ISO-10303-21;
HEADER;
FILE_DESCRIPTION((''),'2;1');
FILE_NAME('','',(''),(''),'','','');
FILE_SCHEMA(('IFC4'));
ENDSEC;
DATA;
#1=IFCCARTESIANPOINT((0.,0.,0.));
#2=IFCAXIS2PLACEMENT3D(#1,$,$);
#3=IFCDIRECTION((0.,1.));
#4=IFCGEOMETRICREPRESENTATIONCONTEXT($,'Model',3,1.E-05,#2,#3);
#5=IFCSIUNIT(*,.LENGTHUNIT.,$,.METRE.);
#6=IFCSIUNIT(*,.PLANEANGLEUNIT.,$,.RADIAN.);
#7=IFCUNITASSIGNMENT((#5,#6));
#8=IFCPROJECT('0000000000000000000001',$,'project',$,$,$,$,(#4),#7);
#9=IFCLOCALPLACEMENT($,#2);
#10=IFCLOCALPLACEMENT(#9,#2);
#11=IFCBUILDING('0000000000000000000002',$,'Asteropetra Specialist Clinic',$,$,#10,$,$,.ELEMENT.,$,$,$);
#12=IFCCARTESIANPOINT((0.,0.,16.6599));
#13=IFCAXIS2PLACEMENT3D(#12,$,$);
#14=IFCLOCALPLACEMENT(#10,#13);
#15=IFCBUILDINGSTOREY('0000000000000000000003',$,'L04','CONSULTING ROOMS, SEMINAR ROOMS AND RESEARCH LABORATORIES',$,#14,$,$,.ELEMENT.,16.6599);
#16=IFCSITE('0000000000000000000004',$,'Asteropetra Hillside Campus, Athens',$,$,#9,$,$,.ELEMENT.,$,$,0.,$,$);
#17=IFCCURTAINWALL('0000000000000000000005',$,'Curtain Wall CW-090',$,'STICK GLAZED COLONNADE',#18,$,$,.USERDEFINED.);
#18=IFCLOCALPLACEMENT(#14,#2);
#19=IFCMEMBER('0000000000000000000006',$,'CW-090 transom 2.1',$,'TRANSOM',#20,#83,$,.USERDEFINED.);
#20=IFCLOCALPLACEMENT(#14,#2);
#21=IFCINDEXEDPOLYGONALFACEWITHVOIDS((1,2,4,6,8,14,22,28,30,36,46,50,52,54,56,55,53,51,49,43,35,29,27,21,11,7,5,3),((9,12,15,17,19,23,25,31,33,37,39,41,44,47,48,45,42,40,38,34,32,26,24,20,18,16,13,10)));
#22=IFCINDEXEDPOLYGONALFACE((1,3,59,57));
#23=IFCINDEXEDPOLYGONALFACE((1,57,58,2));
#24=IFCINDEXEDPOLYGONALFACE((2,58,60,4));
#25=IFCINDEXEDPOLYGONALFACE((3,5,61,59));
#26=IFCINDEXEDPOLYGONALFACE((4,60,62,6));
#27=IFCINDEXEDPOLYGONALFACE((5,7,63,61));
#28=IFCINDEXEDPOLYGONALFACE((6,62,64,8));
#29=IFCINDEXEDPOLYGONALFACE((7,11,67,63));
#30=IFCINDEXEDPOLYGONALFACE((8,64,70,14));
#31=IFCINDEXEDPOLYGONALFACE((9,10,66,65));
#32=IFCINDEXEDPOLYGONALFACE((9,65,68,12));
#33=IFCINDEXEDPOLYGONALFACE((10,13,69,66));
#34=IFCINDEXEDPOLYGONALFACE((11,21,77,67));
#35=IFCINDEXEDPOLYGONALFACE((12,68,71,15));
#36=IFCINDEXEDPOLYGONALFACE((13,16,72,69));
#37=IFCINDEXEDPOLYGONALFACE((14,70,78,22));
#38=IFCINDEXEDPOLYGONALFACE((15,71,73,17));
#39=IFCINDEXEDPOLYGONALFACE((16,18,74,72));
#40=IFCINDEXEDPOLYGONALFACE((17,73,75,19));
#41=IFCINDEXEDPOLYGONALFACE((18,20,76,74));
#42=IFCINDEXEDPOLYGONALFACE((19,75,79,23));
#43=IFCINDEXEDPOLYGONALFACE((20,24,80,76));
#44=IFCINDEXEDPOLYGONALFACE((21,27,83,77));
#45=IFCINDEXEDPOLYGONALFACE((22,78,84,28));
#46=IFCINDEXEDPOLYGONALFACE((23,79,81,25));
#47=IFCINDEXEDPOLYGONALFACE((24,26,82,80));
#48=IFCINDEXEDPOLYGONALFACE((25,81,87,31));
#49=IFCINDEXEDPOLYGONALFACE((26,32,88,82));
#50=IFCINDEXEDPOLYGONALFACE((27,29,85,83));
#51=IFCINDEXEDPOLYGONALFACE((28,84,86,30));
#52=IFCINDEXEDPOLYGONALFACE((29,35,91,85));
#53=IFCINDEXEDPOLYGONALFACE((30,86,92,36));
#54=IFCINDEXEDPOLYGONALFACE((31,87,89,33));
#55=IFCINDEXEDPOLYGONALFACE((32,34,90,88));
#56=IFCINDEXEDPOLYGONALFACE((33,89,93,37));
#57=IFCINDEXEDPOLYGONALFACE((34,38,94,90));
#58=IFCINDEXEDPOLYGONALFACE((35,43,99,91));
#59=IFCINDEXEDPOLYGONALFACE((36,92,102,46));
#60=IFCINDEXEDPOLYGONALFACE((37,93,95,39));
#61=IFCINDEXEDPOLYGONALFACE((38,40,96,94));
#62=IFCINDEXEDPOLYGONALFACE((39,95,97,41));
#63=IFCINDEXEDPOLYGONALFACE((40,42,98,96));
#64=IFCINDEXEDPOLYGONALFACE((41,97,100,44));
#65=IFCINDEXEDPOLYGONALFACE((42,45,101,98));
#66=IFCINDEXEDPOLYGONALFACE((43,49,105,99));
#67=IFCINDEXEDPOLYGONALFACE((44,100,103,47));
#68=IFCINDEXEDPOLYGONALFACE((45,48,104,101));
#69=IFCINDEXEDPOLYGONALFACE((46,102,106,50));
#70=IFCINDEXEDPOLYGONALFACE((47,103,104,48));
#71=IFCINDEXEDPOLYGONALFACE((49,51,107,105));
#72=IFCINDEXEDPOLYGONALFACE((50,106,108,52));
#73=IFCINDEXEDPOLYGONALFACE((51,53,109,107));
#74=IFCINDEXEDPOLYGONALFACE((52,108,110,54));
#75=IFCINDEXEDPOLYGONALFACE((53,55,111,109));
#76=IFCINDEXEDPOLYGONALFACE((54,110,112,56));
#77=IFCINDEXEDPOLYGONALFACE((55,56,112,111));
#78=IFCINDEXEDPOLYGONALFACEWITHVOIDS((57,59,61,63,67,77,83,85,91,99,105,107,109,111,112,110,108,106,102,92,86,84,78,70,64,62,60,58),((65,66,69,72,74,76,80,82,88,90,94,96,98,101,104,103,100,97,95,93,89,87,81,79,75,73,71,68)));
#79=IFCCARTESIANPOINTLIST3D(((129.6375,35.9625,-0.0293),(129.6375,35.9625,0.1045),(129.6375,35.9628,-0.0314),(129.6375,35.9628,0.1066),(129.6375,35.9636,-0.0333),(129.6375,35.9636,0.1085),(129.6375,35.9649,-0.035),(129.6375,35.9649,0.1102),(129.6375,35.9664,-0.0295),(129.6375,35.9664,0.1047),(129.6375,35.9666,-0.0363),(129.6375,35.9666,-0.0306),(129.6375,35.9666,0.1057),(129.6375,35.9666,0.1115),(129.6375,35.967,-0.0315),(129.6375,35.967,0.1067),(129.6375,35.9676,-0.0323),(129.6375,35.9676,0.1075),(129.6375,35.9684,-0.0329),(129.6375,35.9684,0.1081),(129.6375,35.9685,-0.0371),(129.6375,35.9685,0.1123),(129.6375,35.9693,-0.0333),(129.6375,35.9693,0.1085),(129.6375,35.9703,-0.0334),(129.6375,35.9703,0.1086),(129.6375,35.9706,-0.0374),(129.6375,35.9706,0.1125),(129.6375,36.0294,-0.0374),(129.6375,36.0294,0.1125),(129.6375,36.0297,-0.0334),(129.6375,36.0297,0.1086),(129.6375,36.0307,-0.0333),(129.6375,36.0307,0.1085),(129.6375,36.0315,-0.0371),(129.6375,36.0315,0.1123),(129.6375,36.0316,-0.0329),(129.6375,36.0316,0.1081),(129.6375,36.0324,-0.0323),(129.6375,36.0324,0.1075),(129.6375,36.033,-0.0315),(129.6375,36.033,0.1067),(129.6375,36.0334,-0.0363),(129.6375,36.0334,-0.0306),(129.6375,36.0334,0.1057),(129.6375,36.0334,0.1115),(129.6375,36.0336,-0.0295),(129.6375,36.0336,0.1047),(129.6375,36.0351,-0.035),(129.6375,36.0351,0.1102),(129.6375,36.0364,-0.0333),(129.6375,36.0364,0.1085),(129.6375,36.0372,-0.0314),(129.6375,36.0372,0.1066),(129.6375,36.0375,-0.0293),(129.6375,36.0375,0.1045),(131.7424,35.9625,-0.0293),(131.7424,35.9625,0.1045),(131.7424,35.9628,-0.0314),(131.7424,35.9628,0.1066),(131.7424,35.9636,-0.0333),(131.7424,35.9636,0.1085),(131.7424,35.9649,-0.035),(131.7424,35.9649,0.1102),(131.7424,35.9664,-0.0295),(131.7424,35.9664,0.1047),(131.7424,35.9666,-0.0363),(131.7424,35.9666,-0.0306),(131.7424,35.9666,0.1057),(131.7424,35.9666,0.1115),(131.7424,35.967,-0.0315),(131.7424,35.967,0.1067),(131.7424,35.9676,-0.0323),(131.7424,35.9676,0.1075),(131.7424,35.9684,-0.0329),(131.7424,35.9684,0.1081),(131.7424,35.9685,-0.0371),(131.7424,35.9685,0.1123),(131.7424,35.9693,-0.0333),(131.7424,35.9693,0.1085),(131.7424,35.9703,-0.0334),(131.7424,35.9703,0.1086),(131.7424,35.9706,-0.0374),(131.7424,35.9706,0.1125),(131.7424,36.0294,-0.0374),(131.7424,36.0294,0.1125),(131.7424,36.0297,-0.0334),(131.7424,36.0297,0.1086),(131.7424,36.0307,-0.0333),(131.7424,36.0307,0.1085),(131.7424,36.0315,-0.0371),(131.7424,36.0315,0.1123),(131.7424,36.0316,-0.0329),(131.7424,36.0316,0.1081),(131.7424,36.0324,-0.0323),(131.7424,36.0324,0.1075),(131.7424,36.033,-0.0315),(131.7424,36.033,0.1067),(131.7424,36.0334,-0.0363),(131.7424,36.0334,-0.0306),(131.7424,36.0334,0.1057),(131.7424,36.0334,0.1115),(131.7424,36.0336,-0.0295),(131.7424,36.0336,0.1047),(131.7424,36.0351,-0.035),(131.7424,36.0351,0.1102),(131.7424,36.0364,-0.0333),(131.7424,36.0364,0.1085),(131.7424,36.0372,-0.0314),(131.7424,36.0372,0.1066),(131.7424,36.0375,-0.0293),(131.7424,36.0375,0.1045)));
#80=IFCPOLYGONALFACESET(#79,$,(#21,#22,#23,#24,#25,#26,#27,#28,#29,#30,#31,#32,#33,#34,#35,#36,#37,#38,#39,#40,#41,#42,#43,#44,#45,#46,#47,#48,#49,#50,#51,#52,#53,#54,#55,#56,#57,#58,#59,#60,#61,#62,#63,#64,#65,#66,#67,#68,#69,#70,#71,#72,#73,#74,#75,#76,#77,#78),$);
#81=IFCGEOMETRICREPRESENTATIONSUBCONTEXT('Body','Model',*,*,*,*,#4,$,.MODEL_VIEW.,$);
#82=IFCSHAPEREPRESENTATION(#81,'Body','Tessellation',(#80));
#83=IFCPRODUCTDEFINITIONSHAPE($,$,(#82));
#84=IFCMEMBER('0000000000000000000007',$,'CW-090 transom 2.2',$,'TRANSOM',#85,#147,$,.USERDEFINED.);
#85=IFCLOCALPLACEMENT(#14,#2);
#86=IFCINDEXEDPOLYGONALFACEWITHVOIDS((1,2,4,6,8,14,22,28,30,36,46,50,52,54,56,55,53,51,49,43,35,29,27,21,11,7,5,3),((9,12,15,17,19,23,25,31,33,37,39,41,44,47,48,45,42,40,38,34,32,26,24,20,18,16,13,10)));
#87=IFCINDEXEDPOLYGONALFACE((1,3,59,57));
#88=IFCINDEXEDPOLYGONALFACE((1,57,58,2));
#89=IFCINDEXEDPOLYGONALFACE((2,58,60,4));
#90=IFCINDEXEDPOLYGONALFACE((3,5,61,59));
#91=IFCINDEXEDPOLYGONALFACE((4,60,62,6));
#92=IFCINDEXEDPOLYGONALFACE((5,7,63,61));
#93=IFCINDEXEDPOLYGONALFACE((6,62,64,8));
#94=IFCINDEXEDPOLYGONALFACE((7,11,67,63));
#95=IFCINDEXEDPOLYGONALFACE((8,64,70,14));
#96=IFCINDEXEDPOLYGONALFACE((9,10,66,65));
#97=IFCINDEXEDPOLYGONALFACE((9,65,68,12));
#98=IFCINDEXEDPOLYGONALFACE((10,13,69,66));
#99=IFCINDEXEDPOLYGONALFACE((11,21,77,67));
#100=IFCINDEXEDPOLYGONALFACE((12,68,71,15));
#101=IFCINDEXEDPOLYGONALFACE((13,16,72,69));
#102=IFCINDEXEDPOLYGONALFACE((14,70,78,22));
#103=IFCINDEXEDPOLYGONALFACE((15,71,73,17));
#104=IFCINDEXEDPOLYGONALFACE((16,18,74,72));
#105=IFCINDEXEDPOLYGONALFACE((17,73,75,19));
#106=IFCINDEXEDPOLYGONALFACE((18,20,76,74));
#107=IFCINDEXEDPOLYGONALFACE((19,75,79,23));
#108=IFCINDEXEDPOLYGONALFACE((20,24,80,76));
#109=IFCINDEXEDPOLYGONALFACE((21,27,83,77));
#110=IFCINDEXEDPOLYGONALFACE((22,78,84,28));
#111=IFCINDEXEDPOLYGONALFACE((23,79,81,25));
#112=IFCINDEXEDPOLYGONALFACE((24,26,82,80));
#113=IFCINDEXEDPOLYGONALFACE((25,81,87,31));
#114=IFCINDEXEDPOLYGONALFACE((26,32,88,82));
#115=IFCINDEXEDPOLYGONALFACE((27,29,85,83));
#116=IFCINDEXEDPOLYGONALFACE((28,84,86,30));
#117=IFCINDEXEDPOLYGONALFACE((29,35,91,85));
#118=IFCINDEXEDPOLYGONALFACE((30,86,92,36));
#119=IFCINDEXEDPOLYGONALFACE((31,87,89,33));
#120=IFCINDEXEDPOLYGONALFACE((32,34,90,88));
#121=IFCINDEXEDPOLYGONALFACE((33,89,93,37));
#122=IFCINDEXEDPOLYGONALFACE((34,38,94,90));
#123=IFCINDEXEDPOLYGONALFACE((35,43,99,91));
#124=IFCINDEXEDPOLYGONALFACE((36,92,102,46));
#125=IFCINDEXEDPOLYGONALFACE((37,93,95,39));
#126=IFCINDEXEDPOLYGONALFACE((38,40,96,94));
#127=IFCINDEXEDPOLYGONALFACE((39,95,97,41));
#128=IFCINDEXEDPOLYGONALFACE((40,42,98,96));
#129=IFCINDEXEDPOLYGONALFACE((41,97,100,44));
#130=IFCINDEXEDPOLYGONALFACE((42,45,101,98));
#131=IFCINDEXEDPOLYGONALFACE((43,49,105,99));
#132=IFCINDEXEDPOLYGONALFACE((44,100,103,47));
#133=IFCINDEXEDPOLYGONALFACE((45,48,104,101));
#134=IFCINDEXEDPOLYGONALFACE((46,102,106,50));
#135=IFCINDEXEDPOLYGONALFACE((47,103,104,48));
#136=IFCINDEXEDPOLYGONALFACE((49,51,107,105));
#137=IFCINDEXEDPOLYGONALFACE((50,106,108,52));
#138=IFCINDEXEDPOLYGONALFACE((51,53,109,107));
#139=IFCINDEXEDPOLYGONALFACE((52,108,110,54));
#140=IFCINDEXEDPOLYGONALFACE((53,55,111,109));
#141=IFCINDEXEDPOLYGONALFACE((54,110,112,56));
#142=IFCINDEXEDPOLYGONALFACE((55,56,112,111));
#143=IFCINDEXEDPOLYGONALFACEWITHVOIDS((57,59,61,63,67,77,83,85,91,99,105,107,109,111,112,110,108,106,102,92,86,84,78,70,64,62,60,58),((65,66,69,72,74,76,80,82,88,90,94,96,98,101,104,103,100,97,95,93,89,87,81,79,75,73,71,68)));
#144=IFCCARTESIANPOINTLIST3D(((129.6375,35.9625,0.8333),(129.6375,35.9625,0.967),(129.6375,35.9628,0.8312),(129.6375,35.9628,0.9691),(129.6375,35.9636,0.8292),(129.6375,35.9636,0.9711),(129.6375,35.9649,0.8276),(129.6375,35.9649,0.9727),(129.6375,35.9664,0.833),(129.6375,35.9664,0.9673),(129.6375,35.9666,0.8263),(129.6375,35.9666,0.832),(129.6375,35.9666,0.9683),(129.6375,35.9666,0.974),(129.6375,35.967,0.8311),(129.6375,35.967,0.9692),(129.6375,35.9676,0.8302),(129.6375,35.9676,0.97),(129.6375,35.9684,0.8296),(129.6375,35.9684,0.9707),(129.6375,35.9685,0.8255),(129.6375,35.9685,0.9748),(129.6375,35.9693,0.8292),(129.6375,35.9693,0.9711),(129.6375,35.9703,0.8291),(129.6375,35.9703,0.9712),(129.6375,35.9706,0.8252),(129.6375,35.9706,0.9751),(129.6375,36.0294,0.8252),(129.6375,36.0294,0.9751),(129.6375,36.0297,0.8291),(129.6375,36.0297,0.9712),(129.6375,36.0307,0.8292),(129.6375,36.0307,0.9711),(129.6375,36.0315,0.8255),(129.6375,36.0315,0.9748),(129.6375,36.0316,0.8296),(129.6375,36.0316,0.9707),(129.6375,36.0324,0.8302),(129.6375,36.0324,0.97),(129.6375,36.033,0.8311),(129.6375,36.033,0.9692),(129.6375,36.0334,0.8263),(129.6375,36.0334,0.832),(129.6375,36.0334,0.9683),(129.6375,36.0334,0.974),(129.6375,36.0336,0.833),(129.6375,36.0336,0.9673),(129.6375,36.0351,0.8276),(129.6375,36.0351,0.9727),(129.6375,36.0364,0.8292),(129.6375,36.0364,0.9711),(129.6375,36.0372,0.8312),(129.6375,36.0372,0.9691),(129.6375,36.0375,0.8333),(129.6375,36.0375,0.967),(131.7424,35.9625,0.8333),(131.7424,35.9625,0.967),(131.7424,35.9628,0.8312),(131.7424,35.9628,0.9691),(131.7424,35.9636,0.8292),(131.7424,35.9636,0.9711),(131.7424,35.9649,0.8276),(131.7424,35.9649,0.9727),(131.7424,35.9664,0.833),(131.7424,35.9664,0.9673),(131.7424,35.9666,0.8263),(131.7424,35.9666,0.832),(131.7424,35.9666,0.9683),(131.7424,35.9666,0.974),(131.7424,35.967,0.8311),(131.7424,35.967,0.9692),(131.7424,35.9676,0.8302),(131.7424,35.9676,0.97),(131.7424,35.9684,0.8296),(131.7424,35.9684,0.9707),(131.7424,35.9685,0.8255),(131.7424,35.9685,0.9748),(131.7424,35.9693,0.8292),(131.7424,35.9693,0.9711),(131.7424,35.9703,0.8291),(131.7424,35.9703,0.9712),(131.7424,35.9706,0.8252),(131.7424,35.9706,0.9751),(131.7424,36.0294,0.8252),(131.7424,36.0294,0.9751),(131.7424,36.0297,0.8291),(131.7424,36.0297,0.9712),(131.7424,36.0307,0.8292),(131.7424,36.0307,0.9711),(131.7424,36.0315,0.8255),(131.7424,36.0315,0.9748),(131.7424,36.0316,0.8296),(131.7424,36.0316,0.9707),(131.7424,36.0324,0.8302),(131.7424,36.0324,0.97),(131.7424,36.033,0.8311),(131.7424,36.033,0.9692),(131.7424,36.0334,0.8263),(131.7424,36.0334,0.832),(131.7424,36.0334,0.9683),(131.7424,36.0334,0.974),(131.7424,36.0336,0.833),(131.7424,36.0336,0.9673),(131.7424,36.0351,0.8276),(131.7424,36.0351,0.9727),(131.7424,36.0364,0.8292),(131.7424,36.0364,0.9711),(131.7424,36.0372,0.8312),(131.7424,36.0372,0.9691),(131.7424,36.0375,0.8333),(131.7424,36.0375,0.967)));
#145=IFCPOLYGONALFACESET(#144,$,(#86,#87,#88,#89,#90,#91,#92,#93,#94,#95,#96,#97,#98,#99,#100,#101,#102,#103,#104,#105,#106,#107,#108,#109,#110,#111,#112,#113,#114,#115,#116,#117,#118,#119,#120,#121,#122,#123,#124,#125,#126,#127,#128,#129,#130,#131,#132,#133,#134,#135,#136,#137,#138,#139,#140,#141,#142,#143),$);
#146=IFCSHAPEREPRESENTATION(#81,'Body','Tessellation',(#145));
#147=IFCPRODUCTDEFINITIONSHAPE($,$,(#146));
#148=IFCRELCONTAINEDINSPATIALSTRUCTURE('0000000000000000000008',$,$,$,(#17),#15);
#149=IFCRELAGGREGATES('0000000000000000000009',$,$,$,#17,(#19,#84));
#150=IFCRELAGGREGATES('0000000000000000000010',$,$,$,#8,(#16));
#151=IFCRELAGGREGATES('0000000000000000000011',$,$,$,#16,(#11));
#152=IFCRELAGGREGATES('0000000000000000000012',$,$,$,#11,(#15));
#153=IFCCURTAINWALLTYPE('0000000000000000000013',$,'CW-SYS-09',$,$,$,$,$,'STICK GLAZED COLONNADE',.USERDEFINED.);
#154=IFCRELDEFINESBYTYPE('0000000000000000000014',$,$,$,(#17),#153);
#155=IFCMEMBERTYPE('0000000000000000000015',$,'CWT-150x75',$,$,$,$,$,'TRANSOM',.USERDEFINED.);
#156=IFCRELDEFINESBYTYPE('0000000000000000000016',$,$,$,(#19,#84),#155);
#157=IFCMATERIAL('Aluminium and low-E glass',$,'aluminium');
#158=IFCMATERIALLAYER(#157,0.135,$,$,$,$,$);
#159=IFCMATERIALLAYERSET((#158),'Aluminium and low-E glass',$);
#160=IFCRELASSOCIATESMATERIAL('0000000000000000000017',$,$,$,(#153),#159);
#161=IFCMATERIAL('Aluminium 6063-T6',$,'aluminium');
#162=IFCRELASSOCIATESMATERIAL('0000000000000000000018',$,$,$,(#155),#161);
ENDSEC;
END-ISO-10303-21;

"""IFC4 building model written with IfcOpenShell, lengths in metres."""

from ifc_helpers import new_model, si_unit, direction, frame, origin, origin_2d, place, context, subcontext, project, spatial, hollow_rectangle, extrude, material, layer, layer_set, material_profile, profile_set, type_object, element, aggregate, save


model = new_model("IFC4")

# Units and contexts
model_context = context("Model", 3, precision=1e-05, world=origin(), true_north=direction((0.0, 1.0)))
body_context = subcontext(model_context, "Body", "Model", "MODEL_VIEW")
ifc_project = project(units=[si_unit("LENGTHUNIT", "METRE"), si_unit("PLANEANGLEUNIT", "RADIAN")], contexts=[model_context])

# Site, building, storey
site_placement = place(None, origin())
site = spatial("IfcSite", under=ifc_project, at=site_placement, Name="Asteropetra Hillside Campus, Athens", CompositionType="ELEMENT", RefElevation=0.0)
building_placement = place(site_placement, origin())
building = spatial("IfcBuilding", under=site, at=building_placement, Name="Asteropetra Specialist Clinic", CompositionType="ELEMENT")
storey_placement = place(building_placement, frame((0.0, 0.0, 16.6599)))
storey = spatial("IfcBuildingStorey", under=building, at=storey_placement, Name="L04", Description="CONSULTING ROOMS, SEMINAR ROOMS AND RESEARCH LABORATORIES", CompositionType="ELEMENT", Elevation=16.6599)

# Curtain wall
ifc_material_1 = material(Name="Aluminium and low-E glass", Category="aluminium")
ifc_layer_1 = layer(ifc_material_1, 0.135)
ifc_layer_set_1 = layer_set([ifc_layer_1], Name="Aluminium and low-E glass")
curtain_wall_type_1 = type_object("IfcCurtainWallType", Name="CW-SYS-09", ElementType="STICK GLAZED COLONNADE", PredefinedType="USERDEFINED", material=ifc_layer_set_1)
curtain_wall_1_placement = place(storey_placement, origin())
curtain_wall_1 = element("IfcCurtainWall", 1, at=curtain_wall_1_placement, inside=storey, type_object=curtain_wall_type_1, Name="Curtain Wall CW-090", ObjectType="STICK GLAZED COLONNADE", PredefinedType="USERDEFINED")

# Members
ifc_material_2 = material(Name="Aluminium 6063-T6", Category="aluminium")
ifc_material_profile_1 = material_profile(ifc_material_2, hollow_rectangle(XDim=0.075, YDim=0.1499, WallThickness=0.0039, InnerFilletRadius=0.0039, OuterFilletRadius=0.0081, at=origin_2d()), Name="TRN 150x75x4.0")
ifc_profile_set_1 = profile_set([ifc_material_profile_1], Name="Aluminium 6063-T6")
member_type_1 = type_object("IfcMemberType", Name="CWT-150x75", ElementType="TRANSOM", PredefinedType="USERDEFINED", material=ifc_profile_set_1)
member_1_placement = place(storey_placement, frame((131.7424, 36.0, 0.0376), z_axis=(-1.0, 0.0, 0.0), x_axis=(0.0, -1.0, 0.0)))
member_1 = element("IfcMember", 2, at=member_1_placement, type_object=member_type_1, Name="CW-090 transom 2.1", ObjectType="TRANSOM", PredefinedType="USERDEFINED", context=body_context, shape_type="SweptSolid", body=[
    extrude(hollow_rectangle(XDim=0.075, YDim=0.1499, WallThickness=0.0039, InnerFilletRadius=0.0039, OuterFilletRadius=0.0081, at=origin_2d()), origin(), (0.0, 0.0, 1.0), 2.105),
])
member_2_placement = place(storey_placement, frame((131.7424, 36.0, 0.9001), z_axis=(-1.0, 0.0, 0.0), x_axis=(0.0, -1.0, 0.0)))
member_2 = element("IfcMember", 3, at=member_2_placement, type_object=member_type_1, Name="CW-090 transom 2.2", ObjectType="TRANSOM", PredefinedType="USERDEFINED", context=body_context, shape_type="SweptSolid", body=[
    extrude(hollow_rectangle(XDim=0.075, YDim=0.1499, WallThickness=0.0039, InnerFilletRadius=0.0039, OuterFilletRadius=0.0081, at=origin_2d()), origin(), (0.0, 0.0, 1.0), 2.105),
])

aggregate(curtain_wall_1, [member_1, member_2])

save(model, "model.ifc")
